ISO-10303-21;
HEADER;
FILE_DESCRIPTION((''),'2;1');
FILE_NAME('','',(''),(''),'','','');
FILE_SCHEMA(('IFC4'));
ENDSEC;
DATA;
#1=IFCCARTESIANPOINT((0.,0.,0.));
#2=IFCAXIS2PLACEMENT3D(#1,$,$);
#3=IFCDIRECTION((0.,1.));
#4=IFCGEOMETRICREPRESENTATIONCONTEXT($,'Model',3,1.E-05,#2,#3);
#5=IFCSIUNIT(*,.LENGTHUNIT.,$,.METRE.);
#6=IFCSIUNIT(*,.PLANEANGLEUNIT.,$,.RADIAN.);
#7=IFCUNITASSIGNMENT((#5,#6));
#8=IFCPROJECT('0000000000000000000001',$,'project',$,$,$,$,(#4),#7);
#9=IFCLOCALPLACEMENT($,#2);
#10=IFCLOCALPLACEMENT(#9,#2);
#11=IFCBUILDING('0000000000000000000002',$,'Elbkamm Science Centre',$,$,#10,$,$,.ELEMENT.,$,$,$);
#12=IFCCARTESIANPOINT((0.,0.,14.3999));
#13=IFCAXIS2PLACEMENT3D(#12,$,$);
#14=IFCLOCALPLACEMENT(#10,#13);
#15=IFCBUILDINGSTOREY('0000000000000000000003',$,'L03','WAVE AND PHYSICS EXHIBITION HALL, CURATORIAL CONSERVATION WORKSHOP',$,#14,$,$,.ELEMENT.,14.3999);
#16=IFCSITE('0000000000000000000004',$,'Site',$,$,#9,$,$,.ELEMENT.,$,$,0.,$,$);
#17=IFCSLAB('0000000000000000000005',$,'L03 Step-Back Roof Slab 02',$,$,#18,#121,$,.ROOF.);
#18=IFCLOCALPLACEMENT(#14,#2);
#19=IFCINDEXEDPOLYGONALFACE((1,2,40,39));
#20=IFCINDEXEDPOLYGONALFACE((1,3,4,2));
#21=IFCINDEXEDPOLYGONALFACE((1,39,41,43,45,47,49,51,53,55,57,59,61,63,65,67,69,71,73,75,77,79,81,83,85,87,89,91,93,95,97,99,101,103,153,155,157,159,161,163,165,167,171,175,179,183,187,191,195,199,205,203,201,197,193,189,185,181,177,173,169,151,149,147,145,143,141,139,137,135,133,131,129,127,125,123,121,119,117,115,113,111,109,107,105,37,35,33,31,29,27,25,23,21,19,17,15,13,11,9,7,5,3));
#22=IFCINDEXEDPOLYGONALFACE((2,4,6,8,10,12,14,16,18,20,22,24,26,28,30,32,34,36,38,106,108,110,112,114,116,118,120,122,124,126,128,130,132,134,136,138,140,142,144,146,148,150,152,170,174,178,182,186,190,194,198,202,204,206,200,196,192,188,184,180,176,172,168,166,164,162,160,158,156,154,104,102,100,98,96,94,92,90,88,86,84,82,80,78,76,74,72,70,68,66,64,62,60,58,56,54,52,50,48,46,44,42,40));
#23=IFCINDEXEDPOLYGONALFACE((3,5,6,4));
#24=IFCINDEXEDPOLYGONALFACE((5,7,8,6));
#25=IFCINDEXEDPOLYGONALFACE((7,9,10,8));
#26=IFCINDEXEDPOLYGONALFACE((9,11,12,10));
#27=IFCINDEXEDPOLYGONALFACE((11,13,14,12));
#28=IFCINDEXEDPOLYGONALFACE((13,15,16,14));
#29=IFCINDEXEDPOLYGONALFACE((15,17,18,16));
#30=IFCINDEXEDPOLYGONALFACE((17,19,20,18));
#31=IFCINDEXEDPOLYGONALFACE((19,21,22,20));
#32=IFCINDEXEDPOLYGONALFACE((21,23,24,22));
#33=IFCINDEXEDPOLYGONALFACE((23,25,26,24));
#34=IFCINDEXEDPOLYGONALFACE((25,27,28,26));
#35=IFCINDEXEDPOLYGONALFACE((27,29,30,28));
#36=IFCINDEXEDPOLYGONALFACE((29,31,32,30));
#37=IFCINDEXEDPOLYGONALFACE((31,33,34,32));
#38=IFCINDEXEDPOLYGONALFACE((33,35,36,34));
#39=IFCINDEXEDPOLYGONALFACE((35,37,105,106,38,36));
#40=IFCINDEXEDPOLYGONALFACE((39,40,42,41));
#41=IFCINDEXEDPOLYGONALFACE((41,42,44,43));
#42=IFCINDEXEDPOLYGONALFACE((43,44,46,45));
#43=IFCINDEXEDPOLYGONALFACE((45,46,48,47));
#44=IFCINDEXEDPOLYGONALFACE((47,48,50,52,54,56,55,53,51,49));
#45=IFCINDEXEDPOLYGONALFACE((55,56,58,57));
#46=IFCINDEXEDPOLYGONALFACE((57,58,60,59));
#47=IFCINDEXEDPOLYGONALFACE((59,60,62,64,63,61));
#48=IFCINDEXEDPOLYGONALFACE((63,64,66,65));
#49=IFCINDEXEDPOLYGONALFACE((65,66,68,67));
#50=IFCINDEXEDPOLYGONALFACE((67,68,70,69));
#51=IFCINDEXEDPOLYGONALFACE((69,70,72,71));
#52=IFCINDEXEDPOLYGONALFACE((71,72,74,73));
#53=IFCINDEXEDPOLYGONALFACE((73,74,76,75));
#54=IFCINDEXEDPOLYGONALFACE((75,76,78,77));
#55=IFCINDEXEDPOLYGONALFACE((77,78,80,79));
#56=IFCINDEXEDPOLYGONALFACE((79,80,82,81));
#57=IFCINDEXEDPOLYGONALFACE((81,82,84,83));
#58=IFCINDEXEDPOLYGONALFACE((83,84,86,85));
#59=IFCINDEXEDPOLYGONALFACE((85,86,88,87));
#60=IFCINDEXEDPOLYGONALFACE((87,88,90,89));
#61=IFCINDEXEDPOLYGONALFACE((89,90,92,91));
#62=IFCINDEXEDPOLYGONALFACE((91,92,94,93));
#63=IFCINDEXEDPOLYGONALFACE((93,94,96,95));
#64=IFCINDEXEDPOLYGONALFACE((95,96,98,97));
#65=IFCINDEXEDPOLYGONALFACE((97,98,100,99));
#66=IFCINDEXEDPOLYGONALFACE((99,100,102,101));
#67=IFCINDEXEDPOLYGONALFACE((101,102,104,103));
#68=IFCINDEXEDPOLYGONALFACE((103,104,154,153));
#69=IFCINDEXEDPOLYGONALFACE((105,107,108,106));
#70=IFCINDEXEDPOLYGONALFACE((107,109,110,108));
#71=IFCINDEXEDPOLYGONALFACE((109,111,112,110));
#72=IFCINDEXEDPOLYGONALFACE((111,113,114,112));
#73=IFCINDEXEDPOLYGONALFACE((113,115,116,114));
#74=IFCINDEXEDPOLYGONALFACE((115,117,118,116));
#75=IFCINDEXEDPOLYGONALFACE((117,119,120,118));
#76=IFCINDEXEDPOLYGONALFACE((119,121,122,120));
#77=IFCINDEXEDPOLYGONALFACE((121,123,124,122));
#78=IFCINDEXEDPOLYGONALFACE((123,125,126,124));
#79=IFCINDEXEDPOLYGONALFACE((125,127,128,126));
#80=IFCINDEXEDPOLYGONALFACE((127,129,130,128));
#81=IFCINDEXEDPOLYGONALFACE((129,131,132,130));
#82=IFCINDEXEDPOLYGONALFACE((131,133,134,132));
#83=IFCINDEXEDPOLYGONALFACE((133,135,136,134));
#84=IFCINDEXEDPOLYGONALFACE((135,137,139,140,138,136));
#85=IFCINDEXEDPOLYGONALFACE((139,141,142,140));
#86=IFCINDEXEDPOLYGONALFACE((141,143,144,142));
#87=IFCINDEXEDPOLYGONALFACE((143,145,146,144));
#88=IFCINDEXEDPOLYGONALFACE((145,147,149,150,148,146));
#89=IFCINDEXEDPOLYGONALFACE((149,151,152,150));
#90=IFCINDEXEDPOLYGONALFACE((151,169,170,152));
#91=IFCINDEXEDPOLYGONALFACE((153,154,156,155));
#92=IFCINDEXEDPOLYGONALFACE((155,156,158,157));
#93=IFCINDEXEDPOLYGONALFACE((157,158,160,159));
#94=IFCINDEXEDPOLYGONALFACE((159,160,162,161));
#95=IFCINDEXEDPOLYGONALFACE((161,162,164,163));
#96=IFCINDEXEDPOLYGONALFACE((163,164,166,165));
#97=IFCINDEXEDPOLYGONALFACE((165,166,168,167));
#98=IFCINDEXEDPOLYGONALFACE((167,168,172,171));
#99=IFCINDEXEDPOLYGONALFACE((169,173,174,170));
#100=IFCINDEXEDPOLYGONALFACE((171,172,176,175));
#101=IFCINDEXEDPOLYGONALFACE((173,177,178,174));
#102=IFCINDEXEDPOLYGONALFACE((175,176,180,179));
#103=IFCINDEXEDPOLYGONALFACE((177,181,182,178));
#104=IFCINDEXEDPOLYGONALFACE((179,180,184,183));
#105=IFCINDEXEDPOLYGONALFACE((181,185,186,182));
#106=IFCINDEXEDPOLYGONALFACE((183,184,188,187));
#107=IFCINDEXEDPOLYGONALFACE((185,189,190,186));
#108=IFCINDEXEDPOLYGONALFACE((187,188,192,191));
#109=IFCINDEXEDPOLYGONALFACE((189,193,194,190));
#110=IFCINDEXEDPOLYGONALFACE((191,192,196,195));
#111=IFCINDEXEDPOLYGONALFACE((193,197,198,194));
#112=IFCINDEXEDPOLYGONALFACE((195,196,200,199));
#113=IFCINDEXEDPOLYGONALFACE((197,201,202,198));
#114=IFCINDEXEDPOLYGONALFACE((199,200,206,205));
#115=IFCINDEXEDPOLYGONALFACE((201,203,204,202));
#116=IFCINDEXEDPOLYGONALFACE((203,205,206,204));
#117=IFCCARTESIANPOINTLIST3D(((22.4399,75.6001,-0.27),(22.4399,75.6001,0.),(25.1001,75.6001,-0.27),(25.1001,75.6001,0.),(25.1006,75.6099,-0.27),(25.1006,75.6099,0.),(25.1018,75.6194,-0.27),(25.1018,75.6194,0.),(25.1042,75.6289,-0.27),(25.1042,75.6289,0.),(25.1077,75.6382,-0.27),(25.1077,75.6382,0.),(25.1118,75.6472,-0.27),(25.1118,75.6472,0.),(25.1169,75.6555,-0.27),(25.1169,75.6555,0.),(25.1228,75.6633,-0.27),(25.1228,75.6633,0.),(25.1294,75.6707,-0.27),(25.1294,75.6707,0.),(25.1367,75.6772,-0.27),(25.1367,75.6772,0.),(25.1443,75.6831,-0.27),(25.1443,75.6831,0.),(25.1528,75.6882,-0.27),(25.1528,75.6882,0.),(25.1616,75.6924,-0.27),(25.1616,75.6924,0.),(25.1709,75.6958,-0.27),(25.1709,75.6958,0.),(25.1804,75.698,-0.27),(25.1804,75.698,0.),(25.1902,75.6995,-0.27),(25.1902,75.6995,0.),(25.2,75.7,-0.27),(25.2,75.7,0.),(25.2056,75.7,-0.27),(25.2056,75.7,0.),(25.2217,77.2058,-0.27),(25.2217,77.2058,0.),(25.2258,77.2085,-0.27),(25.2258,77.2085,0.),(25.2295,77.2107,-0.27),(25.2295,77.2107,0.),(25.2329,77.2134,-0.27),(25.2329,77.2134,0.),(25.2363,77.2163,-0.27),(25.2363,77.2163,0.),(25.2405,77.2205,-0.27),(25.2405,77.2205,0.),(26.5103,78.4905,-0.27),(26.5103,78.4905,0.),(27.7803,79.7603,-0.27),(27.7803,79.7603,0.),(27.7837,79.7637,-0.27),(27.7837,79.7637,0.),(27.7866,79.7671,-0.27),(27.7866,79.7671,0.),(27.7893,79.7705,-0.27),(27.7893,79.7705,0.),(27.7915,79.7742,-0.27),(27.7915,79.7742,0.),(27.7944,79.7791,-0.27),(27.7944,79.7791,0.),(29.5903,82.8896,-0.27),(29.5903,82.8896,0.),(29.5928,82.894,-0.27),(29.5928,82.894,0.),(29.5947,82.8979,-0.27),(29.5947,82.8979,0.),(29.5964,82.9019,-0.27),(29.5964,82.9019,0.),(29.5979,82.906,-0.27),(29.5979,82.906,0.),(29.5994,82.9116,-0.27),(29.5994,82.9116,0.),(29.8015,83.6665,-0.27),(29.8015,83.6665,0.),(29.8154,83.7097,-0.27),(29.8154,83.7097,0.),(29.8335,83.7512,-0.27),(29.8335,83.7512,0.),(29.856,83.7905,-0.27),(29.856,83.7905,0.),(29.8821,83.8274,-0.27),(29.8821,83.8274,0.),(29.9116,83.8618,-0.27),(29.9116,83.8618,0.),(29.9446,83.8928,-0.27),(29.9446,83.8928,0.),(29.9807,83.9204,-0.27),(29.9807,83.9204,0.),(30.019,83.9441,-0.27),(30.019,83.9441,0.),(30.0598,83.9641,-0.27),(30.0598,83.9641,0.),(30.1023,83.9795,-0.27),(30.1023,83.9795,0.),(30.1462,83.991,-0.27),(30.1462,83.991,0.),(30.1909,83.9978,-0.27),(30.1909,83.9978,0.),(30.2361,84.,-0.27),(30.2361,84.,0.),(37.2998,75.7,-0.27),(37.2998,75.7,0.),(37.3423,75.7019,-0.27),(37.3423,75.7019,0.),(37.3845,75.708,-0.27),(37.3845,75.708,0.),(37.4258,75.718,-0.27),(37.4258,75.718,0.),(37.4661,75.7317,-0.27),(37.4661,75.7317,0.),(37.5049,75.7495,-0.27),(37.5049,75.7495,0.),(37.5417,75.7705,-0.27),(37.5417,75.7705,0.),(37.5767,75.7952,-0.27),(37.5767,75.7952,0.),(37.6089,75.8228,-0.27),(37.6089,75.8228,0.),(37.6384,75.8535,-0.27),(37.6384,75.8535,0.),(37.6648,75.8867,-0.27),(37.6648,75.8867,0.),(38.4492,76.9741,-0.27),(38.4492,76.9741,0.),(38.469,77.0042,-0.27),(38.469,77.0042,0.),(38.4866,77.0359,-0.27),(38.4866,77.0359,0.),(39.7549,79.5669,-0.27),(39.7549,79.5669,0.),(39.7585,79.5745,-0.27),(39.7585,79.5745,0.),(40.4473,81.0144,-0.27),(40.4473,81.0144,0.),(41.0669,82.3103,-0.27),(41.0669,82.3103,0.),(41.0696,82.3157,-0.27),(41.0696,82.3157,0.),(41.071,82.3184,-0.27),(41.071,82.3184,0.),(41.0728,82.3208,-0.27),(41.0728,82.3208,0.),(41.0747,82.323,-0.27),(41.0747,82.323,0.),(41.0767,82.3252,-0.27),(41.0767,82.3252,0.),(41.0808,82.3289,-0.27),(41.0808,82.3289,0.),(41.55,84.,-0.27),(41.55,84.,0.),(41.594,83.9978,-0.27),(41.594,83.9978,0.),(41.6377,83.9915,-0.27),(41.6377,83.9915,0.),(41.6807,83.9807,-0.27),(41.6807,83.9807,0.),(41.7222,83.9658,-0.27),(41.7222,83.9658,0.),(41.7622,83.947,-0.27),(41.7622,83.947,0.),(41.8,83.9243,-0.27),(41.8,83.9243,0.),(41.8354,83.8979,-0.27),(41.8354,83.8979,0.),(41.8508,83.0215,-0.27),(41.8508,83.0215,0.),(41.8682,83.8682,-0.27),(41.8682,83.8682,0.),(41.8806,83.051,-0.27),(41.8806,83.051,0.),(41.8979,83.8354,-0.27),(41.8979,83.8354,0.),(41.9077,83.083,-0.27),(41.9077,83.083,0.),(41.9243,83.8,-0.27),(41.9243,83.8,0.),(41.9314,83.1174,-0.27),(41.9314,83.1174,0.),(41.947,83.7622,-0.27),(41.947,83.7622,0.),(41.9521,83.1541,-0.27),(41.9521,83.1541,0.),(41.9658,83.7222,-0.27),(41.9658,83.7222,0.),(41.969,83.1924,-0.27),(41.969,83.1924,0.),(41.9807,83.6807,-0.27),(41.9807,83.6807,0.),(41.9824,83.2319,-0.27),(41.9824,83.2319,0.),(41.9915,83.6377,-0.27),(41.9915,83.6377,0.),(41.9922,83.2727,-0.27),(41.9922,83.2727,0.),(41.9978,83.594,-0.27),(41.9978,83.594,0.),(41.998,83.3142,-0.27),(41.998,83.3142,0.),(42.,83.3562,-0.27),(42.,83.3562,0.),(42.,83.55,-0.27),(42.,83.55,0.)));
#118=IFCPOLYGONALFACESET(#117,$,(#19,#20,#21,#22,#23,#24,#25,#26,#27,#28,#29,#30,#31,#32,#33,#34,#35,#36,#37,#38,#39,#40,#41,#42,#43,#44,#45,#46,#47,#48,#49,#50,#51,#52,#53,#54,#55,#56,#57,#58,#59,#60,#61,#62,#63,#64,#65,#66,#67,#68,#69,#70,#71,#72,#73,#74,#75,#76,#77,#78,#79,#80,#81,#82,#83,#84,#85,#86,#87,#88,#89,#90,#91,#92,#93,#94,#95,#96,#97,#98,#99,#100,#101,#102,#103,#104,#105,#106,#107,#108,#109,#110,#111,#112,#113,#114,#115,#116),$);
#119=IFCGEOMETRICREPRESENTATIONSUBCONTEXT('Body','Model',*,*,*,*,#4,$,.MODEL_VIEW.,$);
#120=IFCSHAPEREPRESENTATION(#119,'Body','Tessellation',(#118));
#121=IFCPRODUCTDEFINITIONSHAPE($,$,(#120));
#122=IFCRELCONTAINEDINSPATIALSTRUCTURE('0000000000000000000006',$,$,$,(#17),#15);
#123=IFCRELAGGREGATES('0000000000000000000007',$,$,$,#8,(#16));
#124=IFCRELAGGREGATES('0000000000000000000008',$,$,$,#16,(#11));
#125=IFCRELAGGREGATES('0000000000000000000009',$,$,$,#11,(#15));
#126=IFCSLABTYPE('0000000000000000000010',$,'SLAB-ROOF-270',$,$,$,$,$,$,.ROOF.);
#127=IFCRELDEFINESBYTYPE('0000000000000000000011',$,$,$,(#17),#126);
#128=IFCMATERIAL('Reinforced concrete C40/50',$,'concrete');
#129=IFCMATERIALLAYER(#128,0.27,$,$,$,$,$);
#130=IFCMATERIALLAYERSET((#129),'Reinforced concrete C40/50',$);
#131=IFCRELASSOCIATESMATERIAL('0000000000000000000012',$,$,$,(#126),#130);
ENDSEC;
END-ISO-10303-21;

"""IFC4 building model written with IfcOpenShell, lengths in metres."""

from ifc_helpers import new_model, si_unit, direction, frame, origin, place, context, subcontext, project, spatial, polyline, outline, extrude, material, layer, layer_set, type_object, element, save


model = new_model("IFC4")

# Units and contexts
model_context = context("Model", 3, precision=1e-05, world=origin(), true_north=direction((0.0, 1.0)))
body_context = subcontext(model_context, "Body", "Model", "MODEL_VIEW")
ifc_project = project(units=[si_unit("LENGTHUNIT", "METRE"), si_unit("PLANEANGLEUNIT", "RADIAN")], contexts=[model_context])

# Site, building, storey
site_placement = place(None, origin())
site = spatial("IfcSite", under=ifc_project, at=site_placement, Name="Site", CompositionType="ELEMENT", RefElevation=0.0)
building_placement = place(site_placement, origin())
building = spatial("IfcBuilding", under=site, at=building_placement, Name="Elbkamm Science Centre", CompositionType="ELEMENT")
storey_placement = place(building_placement, frame((0.0, 0.0, 14.3999)))
storey = spatial("IfcBuildingStorey", under=building, at=storey_placement, Name="L03", Description="WAVE AND PHYSICS EXHIBITION HALL, CURATORIAL CONSERVATION WORKSHOP", CompositionType="ELEMENT", Elevation=14.3999)

# Shared definitions
ifc_material_1 = material(Name="Reinforced concrete C40/50", Category="concrete")

# Shared definitions
ifc_layer_1 = layer(ifc_material_1, 0.27)
ifc_layer_set_1 = layer_set([ifc_layer_1], Name="Reinforced concrete C40/50")
slab_type_1 = type_object("IfcSlabType", Name="SLAB-ROOF-270", PredefinedType="ROOF", material=ifc_layer_set_1)

# Slab
slab_1_placement = place(storey_placement, frame((0.0, 0.0, -0.27)))
element("IfcSlab", 1, at=slab_1_placement, inside=storey, type_object=slab_type_1, Name="L03 Step-Back Roof Slab 02", PredefinedType="ROOF", context=body_context, shape_type="SweptSolid", body=[
    extrude(outline(polyline([(25.2217, 77.2058), (25.2258, 77.2085), (25.2295, 77.2107), (25.2329, 77.2134), (25.2363, 77.2163), (25.2405, 77.2205), (26.5103, 78.4905), (27.7803, 79.7603), (27.7837, 79.7637), (27.7866, 79.7671), (27.7893, 79.7705), (27.7915, 79.7742), (27.7944, 79.7791), (29.5903, 82.8896), (29.5928, 82.894), (29.5947, 82.8979), (29.5964, 82.9019), (29.5979, 82.906), (29.5994, 82.9116), (29.8015, 83.6665), (29.8154, 83.7097), (29.8335, 83.7512), (29.856, 83.7905), (29.8821, 83.8274), (29.9116, 83.8618), (29.9446, 83.8928), (29.9807, 83.9204), (30.019, 83.9441), (30.0598, 83.9641), (30.1023, 83.9795), (30.1462, 83.991), (30.1909, 83.9978), (30.2361, 84.0), (41.55, 84.0), (41.594, 83.9978), (41.6377, 83.9915), (41.6807, 83.9807), (41.7222, 83.9658), (41.7622, 83.947), (41.8, 83.9243), (41.8354, 83.8979), (41.8682, 83.8682), (41.8979, 83.8354), (41.9243, 83.8), (41.947, 83.7622), (41.9658, 83.7222), (41.9807, 83.6807), (41.9915, 83.6377), (41.9978, 83.594), (42.0, 83.55), (42.0, 83.3562), (41.998, 83.3142), (41.9922, 83.2727), (41.9824, 83.2319), (41.969, 83.1924), (41.9521, 83.1541), (41.9314, 83.1174), (41.9077, 83.083), (41.8806, 83.051), (41.8508, 83.0215), (41.0808, 82.3289), (41.0767, 82.3252), (41.0747, 82.323), (41.0728, 82.3208), (41.071, 82.3184), (41.0696, 82.3157), (41.0669, 82.3103), (40.4473, 81.0144), (39.7585, 79.5745), (39.7549, 79.5669), (38.4866, 77.0359), (38.469, 77.0042), (38.4492, 76.9741), (37.6648, 75.8867), (37.6384, 75.8535), (37.6089, 75.8228), (37.5767, 75.7952), (37.5417, 75.7705), (37.5049, 75.7495), (37.4661, 75.7317), (37.4258, 75.718), (37.3845, 75.708), (37.3423, 75.7019), (37.2998, 75.7), (25.2056, 75.7), (25.2, 75.7), (25.1902, 75.6995), (25.1804, 75.698), (25.1709, 75.6958), (25.1616, 75.6924), (25.1528, 75.6882), (25.1443, 75.6831), (25.1367, 75.6772), (25.1294, 75.6707), (25.1228, 75.6633), (25.1169, 75.6555), (25.1118, 75.6472), (25.1077, 75.6382), (25.1042, 75.6289), (25.1018, 75.6194), (25.1006, 75.6099), (25.1001, 75.6001), (22.4399, 75.6001), (25.2217, 77.2058)])), origin(), (0.0, 0.0, 1.0), 0.27),
])

save(model, "model.ifc")
